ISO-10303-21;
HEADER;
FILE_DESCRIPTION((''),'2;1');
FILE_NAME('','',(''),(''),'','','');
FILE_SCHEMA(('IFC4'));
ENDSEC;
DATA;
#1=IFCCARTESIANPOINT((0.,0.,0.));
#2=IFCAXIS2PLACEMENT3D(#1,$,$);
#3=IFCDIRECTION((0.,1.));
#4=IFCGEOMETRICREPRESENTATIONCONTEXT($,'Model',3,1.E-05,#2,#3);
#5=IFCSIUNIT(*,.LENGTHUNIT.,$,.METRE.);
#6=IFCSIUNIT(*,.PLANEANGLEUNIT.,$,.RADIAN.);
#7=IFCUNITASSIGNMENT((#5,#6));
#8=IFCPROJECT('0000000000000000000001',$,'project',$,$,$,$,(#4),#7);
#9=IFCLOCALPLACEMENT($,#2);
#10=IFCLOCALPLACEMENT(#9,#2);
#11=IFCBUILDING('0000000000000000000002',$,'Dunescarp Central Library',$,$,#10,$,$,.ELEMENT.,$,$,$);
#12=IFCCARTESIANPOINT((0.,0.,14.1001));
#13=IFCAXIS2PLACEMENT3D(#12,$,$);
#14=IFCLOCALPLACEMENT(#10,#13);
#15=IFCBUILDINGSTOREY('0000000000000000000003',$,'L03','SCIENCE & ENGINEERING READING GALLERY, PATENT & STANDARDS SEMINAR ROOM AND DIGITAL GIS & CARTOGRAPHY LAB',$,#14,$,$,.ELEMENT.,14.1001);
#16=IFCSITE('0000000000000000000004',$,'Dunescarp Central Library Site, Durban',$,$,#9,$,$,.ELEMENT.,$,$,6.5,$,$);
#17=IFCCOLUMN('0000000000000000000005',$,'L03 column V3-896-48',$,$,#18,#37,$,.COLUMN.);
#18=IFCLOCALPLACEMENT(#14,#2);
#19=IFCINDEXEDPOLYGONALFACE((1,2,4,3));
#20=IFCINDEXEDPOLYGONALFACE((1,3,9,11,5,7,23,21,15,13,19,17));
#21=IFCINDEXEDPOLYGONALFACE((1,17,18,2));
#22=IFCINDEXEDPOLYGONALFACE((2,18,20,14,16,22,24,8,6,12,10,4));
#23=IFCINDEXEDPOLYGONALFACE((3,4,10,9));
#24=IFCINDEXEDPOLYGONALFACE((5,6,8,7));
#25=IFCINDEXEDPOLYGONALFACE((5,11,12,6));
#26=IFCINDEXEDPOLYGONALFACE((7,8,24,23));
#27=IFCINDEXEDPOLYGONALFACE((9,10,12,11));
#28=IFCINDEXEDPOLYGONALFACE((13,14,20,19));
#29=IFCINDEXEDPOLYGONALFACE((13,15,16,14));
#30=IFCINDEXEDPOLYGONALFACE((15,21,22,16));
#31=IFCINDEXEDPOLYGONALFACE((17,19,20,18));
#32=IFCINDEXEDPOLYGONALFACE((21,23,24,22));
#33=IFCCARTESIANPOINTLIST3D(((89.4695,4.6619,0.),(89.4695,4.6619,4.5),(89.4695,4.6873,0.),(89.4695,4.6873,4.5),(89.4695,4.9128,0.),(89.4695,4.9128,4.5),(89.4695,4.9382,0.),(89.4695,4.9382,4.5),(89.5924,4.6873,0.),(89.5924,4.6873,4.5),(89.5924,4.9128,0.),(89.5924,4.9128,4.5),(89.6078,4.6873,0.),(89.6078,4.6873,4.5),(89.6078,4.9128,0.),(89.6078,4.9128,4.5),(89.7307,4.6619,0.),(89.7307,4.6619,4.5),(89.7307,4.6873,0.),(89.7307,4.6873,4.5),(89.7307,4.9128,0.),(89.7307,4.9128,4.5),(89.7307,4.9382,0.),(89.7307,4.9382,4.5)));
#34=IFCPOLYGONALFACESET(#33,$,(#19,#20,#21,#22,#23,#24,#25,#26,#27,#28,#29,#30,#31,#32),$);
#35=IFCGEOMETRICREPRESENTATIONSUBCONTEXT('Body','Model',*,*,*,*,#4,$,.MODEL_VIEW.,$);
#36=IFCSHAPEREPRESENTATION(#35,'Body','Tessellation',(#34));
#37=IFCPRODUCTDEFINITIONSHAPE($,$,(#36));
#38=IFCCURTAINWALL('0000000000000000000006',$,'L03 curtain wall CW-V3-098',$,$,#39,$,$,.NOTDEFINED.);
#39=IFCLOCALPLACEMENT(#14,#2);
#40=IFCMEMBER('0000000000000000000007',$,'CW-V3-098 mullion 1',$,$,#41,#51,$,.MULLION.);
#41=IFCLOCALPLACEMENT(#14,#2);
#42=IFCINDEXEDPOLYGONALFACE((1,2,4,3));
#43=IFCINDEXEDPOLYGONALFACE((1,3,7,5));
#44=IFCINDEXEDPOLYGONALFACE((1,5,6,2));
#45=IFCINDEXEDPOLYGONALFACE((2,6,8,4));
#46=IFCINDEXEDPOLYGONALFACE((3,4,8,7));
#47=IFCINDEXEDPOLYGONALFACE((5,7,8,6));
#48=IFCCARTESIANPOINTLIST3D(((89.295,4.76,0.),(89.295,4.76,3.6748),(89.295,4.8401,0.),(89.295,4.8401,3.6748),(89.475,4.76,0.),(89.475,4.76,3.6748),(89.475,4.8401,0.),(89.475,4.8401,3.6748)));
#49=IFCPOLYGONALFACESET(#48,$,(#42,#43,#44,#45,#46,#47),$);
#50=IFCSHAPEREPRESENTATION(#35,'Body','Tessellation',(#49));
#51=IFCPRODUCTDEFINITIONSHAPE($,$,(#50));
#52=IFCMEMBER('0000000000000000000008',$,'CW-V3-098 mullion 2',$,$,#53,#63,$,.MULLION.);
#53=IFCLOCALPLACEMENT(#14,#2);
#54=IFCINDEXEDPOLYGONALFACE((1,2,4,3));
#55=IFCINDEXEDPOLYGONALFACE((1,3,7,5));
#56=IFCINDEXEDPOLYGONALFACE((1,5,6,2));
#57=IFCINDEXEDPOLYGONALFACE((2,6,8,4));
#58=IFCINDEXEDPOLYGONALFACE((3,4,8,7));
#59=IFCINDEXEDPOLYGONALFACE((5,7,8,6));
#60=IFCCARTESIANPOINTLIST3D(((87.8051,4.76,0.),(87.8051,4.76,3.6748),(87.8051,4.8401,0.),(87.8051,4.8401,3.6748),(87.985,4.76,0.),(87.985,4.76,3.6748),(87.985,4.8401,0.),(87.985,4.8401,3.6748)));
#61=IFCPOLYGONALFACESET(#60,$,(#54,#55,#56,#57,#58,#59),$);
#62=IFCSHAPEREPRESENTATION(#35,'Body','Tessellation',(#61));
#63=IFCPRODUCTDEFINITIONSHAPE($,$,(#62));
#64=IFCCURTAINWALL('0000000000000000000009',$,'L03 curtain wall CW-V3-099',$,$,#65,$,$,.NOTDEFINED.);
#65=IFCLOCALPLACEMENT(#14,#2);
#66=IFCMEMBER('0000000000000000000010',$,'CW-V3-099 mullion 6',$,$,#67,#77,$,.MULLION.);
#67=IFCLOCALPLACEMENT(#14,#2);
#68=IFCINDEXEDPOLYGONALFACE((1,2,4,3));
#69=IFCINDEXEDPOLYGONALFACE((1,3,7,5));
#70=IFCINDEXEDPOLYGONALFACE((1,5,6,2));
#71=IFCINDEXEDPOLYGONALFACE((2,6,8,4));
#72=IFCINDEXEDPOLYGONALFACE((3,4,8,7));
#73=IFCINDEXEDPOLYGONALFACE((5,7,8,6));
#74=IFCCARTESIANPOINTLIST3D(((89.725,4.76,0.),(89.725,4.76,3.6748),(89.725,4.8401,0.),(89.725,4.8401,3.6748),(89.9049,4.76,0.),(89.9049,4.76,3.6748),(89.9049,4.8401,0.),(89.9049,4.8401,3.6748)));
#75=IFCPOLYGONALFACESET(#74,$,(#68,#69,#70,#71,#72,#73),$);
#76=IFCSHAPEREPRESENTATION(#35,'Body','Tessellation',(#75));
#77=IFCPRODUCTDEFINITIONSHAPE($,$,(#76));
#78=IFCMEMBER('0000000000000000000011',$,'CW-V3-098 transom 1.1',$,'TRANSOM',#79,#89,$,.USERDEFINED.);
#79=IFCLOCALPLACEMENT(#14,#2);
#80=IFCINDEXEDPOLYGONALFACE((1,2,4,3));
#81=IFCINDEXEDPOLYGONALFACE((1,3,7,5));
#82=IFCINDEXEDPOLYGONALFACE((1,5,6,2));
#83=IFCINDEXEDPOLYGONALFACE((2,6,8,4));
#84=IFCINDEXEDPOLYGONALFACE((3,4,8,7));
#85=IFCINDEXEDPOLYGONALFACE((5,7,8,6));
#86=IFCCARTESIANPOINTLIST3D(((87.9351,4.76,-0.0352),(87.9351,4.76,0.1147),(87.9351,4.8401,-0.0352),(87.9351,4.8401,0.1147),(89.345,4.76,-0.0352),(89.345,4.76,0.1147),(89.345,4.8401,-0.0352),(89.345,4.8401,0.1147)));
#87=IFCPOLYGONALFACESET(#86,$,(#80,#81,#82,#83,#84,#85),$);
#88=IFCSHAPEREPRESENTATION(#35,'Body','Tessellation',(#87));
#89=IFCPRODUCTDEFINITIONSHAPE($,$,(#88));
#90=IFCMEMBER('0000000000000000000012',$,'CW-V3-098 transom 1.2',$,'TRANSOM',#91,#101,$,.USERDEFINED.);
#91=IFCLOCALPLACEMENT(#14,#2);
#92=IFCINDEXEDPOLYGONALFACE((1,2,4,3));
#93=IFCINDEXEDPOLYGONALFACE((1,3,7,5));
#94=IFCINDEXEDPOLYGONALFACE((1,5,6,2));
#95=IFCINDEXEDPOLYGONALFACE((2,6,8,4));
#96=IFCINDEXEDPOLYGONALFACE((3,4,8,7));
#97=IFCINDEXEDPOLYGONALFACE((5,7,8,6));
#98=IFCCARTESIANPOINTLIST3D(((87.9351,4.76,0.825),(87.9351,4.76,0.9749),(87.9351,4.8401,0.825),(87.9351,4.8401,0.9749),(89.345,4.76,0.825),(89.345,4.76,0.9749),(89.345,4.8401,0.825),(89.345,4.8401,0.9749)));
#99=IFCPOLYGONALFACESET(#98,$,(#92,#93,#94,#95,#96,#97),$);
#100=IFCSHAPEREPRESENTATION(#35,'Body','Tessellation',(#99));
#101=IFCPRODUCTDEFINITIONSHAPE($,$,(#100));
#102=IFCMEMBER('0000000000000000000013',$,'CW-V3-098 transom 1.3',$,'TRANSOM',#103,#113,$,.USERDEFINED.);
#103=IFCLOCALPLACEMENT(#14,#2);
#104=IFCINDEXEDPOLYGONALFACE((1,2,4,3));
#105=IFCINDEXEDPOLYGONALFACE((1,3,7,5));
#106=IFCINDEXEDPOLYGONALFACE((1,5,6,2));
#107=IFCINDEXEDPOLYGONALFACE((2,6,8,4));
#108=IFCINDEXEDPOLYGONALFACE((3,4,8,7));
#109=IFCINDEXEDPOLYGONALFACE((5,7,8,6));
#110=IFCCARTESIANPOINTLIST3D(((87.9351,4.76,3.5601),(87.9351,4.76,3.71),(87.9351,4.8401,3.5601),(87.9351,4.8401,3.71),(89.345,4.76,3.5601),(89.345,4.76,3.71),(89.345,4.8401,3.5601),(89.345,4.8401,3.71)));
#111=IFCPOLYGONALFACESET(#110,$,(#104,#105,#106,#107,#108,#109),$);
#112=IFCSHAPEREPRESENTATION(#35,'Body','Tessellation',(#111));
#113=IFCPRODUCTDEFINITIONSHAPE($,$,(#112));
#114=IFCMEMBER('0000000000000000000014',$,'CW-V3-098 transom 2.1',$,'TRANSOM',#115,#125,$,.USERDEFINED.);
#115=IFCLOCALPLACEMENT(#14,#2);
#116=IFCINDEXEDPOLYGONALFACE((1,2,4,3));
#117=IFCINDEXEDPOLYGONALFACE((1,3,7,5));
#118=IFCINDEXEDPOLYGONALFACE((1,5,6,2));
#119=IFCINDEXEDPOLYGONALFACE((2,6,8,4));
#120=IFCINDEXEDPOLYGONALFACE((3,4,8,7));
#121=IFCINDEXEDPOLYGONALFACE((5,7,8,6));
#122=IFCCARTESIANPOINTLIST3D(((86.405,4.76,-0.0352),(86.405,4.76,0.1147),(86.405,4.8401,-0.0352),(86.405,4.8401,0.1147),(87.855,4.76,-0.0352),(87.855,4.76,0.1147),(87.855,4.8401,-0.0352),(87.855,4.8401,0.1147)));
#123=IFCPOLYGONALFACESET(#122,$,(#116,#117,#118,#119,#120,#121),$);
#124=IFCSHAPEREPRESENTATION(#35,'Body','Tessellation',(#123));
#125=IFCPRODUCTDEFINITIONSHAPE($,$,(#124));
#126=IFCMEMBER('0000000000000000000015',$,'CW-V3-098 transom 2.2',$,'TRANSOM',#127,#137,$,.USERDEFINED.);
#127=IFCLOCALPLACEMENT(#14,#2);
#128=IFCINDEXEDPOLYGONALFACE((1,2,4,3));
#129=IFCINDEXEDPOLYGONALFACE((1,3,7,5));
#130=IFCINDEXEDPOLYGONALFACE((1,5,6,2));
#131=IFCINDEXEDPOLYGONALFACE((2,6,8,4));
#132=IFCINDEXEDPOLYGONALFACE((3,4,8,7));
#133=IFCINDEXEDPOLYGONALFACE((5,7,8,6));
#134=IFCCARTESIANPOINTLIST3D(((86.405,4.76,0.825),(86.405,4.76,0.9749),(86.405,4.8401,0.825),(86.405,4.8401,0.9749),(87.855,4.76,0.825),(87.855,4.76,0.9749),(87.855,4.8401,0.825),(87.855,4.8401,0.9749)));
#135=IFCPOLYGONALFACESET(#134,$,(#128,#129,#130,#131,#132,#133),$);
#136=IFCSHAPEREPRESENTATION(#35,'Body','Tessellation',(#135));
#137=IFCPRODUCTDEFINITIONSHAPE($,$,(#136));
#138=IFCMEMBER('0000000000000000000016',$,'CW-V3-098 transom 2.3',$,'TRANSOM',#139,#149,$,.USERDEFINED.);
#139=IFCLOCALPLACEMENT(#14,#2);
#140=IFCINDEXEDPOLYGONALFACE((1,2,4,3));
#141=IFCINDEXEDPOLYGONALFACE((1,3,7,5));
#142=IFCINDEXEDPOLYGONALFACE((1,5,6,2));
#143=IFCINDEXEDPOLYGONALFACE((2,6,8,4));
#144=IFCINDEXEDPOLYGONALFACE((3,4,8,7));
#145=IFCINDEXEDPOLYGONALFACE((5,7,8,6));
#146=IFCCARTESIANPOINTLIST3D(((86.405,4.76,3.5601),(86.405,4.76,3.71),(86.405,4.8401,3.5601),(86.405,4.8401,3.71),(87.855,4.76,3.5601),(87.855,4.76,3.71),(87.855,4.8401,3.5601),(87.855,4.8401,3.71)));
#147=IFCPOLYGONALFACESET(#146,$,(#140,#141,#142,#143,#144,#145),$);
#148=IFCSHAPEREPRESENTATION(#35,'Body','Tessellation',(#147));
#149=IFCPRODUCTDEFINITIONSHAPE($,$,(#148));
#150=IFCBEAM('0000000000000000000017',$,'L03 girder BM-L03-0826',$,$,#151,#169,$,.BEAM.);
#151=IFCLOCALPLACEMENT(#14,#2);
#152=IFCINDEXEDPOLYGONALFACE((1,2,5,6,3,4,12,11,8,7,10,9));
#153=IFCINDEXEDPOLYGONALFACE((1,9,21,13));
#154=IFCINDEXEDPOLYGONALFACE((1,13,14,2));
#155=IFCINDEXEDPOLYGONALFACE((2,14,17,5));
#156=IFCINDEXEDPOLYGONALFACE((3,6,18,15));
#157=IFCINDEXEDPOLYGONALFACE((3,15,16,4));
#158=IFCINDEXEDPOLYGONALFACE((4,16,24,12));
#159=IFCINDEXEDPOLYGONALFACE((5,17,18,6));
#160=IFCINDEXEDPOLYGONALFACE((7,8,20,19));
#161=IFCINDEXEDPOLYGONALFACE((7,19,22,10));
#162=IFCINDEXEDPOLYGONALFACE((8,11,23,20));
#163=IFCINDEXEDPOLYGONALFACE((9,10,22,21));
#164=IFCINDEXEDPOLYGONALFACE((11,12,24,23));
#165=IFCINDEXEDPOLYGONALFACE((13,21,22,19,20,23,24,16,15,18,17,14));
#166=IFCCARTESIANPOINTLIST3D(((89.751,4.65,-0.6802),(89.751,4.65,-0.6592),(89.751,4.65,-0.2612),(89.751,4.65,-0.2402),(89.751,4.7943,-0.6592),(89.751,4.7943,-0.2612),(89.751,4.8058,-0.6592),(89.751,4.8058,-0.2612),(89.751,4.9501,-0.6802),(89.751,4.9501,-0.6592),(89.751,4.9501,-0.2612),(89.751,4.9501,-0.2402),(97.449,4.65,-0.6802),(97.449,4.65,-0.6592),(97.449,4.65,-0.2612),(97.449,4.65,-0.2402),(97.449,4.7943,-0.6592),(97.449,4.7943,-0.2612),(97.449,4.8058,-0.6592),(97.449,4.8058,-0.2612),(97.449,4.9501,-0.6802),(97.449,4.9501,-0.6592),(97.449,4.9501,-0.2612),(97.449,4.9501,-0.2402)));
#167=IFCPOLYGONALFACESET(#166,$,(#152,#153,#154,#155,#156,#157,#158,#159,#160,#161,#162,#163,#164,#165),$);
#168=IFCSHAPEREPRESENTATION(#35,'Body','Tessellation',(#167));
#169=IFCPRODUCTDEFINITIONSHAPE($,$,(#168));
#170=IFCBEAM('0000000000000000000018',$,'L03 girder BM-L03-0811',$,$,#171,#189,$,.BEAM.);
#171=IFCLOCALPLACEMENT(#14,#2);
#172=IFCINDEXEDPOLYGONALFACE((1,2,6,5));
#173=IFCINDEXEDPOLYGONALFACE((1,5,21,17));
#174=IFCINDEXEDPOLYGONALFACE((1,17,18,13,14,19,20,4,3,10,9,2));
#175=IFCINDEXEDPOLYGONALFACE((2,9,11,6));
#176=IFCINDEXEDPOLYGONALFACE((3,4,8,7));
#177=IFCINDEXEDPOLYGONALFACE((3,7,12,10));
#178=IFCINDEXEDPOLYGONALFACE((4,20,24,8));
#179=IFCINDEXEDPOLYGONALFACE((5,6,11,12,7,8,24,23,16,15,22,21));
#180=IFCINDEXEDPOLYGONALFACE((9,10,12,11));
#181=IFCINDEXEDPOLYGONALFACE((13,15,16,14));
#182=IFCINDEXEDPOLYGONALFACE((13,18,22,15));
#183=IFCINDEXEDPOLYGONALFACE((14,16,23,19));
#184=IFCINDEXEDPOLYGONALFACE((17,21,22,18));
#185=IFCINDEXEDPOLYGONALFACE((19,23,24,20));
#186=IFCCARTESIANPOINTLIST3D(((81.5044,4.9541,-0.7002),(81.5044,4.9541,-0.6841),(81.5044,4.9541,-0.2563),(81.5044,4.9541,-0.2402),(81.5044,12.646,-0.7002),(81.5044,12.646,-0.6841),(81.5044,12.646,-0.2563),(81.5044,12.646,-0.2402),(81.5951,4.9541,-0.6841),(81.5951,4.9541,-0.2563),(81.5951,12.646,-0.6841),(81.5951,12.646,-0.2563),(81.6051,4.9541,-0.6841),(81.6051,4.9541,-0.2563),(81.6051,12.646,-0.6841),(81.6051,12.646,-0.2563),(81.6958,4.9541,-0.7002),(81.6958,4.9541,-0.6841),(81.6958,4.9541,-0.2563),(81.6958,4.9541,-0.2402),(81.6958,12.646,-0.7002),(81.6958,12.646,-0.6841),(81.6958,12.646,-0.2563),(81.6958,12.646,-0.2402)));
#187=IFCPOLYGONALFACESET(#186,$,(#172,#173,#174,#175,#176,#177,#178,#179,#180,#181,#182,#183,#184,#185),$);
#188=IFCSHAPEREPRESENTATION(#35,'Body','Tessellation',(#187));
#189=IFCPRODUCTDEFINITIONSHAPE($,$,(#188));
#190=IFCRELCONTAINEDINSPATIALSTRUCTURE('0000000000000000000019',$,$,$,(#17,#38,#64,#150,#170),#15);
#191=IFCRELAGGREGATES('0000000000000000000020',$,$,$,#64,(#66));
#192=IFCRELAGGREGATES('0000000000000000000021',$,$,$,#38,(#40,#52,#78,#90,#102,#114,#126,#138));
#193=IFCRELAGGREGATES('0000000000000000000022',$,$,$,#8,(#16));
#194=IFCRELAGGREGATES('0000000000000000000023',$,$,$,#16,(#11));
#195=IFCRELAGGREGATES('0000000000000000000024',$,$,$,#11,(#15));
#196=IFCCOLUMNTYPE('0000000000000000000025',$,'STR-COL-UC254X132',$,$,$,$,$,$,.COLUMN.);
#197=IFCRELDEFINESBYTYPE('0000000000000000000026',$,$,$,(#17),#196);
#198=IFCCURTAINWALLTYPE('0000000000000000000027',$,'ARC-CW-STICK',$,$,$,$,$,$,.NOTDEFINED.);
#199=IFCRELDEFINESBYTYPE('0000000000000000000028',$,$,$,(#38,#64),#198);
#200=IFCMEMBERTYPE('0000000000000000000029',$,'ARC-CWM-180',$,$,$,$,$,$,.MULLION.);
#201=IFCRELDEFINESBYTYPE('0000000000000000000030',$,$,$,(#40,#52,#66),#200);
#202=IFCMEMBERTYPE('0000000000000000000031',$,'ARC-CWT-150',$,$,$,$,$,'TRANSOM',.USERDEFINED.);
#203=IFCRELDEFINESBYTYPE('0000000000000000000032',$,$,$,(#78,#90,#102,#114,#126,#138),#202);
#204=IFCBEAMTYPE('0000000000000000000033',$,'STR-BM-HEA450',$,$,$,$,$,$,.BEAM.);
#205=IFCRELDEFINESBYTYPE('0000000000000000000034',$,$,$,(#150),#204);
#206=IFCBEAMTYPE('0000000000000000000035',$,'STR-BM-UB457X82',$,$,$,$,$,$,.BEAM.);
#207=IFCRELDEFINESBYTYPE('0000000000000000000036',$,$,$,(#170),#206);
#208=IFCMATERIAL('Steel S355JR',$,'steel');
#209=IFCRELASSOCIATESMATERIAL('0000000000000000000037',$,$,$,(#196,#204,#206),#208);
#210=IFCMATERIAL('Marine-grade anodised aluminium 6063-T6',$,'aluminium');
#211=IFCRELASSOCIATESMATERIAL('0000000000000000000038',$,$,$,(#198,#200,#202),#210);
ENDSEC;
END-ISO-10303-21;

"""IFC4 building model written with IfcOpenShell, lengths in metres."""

from ifc_helpers import new_model, si_unit, direction, frame, origin, origin_2d, place, context, subcontext, project, spatial, rectangle, i_section, extrude, material, material_profile, profile_set, type_object, element, aggregate, save


model = new_model("IFC4")

# Units and contexts
model_context = context("Model", 3, precision=1e-05, world=origin(), true_north=direction((0.0, 1.0)))
body_context = subcontext(model_context, "Body", "Model", "MODEL_VIEW")
ifc_project = project(units=[si_unit("LENGTHUNIT", "METRE"), si_unit("PLANEANGLEUNIT", "RADIAN")], contexts=[model_context])

# Site, building, storey
site_placement = place(None, origin())
site = spatial("IfcSite", under=ifc_project, at=site_placement, Name="Dunescarp Central Library Site, Durban", CompositionType="ELEMENT", RefElevation=6.5)
building_placement = place(site_placement, origin())
building = spatial("IfcBuilding", under=site, at=building_placement, Name="Dunescarp Central Library", CompositionType="ELEMENT")
storey_placement = place(building_placement, frame((0.0, 0.0, 14.1001)))
storey = spatial("IfcBuildingStorey", under=building, at=storey_placement, Name="L03", Description="SCIENCE & ENGINEERING READING GALLERY, PATENT & STANDARDS SEMINAR ROOM AND DIGITAL GIS & CARTOGRAPHY LAB", CompositionType="ELEMENT", Elevation=14.1001)

# Column
ifc_material_1 = material(Name="Steel S355JR", Category="steel")
ifc_material_profile_1 = material_profile(ifc_material_1, i_section(OverallWidth=0.2612, OverallDepth=0.2764, WebThickness=0.0154, FlangeThickness=0.0254, at=origin_2d()), Name="UC 254x254x132")
ifc_profile_set_1 = profile_set([ifc_material_profile_1], Name="Steel S355JR")
column_type = type_object("IfcColumnType", Name="STR-COL-UC254X132", PredefinedType="COLUMN", material=ifc_profile_set_1)
column_placement = place(storey_placement, frame((89.6001, 4.8, 0.0), z_axis=(0.0, 0.0, 1.0), x_axis=(1.0, 0.0, 0.0)))
element("IfcColumn", 1, at=column_placement, inside=storey, type_object=column_type, Name="L03 column V3-896-48", PredefinedType="COLUMN", context=body_context, shape_type="SweptSolid", body=[
    extrude(i_section(OverallWidth=0.2612, OverallDepth=0.2764, WebThickness=0.0154, FlangeThickness=0.0254, at=origin_2d()), origin(), (0.0, 0.0, 1.0), 4.5),
])

# Curtain wall, members
ifc_material_2 = material(Name="Marine-grade anodised aluminium 6063-T6", Category="aluminium")
curtain_wall_type = type_object("IfcCurtainWallType", Name="ARC-CW-STICK", PredefinedType="NOTDEFINED", material=ifc_material_2)
curtain_wall_1_placement = place(storey_placement, origin())
curtain_wall_1 = element("IfcCurtainWall", 2, at=curtain_wall_1_placement, inside=storey, type_object=curtain_wall_type, Name="L03 curtain wall CW-V3-098", PredefinedType="NOTDEFINED")
ifc_material_profile_2 = material_profile(ifc_material_2, rectangle(XDim=0.0801, YDim=0.1799, at=origin_2d()), Name="AL 80x180")
ifc_profile_set_2 = profile_set([ifc_material_profile_2], Name="Marine-grade anodised aluminium 6063-T6")
member_type_1 = type_object("IfcMemberType", Name="ARC-CWM-180", PredefinedType="MULLION", material=ifc_profile_set_2)
member_1_placement = place(storey_placement, frame((89.385, 4.8, 0.0), z_axis=(0.0, 0.0, 1.0), x_axis=(0.0, -1.0, 0.0)))
member_1 = element("IfcMember", 3, at=member_1_placement, type_object=member_type_1, Name="CW-V3-098 mullion 1", PredefinedType="MULLION", context=body_context, shape_type="SweptSolid", body=[
    extrude(rectangle(XDim=0.0801, YDim=0.1799, at=origin_2d()), origin(), (0.0, 0.0, 1.0), 3.6748),
])
member_2_placement = place(storey_placement, frame((87.895, 4.8, 0.0), z_axis=(0.0, 0.0, 1.0), x_axis=(0.0, -1.0, 0.0)))
member_2 = element("IfcMember", 4, at=member_2_placement, type_object=member_type_1, Name="CW-V3-098 mullion 2", PredefinedType="MULLION", context=body_context, shape_type="SweptSolid", body=[
    extrude(rectangle(XDim=0.0801, YDim=0.1799, at=origin_2d()), origin(), (0.0, 0.0, 1.0), 3.6748),
])

# Curtain wall, member
curtain_wall_2_placement = place(storey_placement, origin())
curtain_wall_2 = element("IfcCurtainWall", 5, at=curtain_wall_2_placement, inside=storey, type_object=curtain_wall_type, Name="L03 curtain wall CW-V3-099", PredefinedType="NOTDEFINED")
member_3_placement = place(storey_placement, frame((89.8149, 4.8, 0.0), z_axis=(0.0, 0.0, 1.0), x_axis=(0.0, -1.0, 0.0)))
member_3 = element("IfcMember", 6, at=member_3_placement, type_object=member_type_1, Name="CW-V3-099 mullion 6", PredefinedType="MULLION", context=body_context, shape_type="SweptSolid", body=[
    extrude(rectangle(XDim=0.0801, YDim=0.1799, at=origin_2d()), origin(), (0.0, 0.0, 1.0), 3.6748),
])
aggregate(curtain_wall_2, [member_3])

# Members
ifc_material_profile_3 = material_profile(ifc_material_2, rectangle(XDim=0.0801, YDim=0.1499, at=origin_2d()), Name="AL 80x150")
ifc_profile_set_3 = profile_set([ifc_material_profile_3], Name="Marine-grade anodised aluminium 6063-T6")
member_type_2 = type_object("IfcMemberType", Name="ARC-CWT-150", ElementType="TRANSOM", PredefinedType="USERDEFINED", material=ifc_profile_set_3)
member_4_placement = place(storey_placement, frame((89.345, 4.8, 0.0398), z_axis=(-1.0, 0.0, 0.0), x_axis=(0.0, -1.0, 0.0)))
member_4 = element("IfcMember", 7, at=member_4_placement, type_object=member_type_2, Name="CW-V3-098 transom 1.1", ObjectType="TRANSOM", PredefinedType="USERDEFINED", context=body_context, shape_type="SweptSolid", body=[
    extrude(rectangle(XDim=0.0801, YDim=0.1499, at=origin_2d()), origin(), (0.0, 0.0, 1.0), 1.4099),
])
member_5_placement = place(storey_placement, frame((89.345, 4.8, 0.8999), z_axis=(-1.0, 0.0, 0.0), x_axis=(0.0, -1.0, 0.0)))
member_5 = element("IfcMember", 8, at=member_5_placement, type_object=member_type_2, Name="CW-V3-098 transom 1.2", ObjectType="TRANSOM", PredefinedType="USERDEFINED", context=body_context, shape_type="SweptSolid", body=[
    extrude(rectangle(XDim=0.0801, YDim=0.1499, at=origin_2d()), origin(), (0.0, 0.0, 1.0), 1.4099),
])
member_6_placement = place(storey_placement, frame((89.345, 4.8, 3.635), z_axis=(-1.0, 0.0, 0.0), x_axis=(0.0, -1.0, 0.0)))
member_6 = element("IfcMember", 9, at=member_6_placement, type_object=member_type_2, Name="CW-V3-098 transom 1.3", ObjectType="TRANSOM", PredefinedType="USERDEFINED", context=body_context, shape_type="SweptSolid", body=[
    extrude(rectangle(XDim=0.0801, YDim=0.1499, at=origin_2d()), origin(), (0.0, 0.0, 1.0), 1.4099),
])
member_7_placement = place(storey_placement, frame((87.855, 4.8, 0.0398), z_axis=(-1.0, 0.0, 0.0), x_axis=(0.0, -1.0, 0.0)))
member_7 = element("IfcMember", 10, at=member_7_placement, type_object=member_type_2, Name="CW-V3-098 transom 2.1", ObjectType="TRANSOM", PredefinedType="USERDEFINED", context=body_context, shape_type="SweptSolid", body=[
    extrude(rectangle(XDim=0.0801, YDim=0.1499, at=origin_2d()), origin(), (0.0, 0.0, 1.0), 1.45),
])
member_8_placement = place(storey_placement, frame((87.855, 4.8, 0.8999), z_axis=(-1.0, 0.0, 0.0), x_axis=(0.0, -1.0, 0.0)))
member_8 = element("IfcMember", 11, at=member_8_placement, type_object=member_type_2, Name="CW-V3-098 transom 2.2", ObjectType="TRANSOM", PredefinedType="USERDEFINED", context=body_context, shape_type="SweptSolid", body=[
    extrude(rectangle(XDim=0.0801, YDim=0.1499, at=origin_2d()), origin(), (0.0, 0.0, 1.0), 1.45),
])
member_9_placement = place(storey_placement, frame((87.855, 4.8, 3.635), z_axis=(-1.0, 0.0, 0.0), x_axis=(0.0, -1.0, 0.0)))
member_9 = element("IfcMember", 12, at=member_9_placement, type_object=member_type_2, Name="CW-V3-098 transom 2.3", ObjectType="TRANSOM", PredefinedType="USERDEFINED", context=body_context, shape_type="SweptSolid", body=[
    extrude(rectangle(XDim=0.0801, YDim=0.1499, at=origin_2d()), origin(), (0.0, 0.0, 1.0), 1.45),
])

# Beams
ifc_material_profile_4 = material_profile(ifc_material_1, i_section(OverallWidth=0.3, OverallDepth=0.4399, WebThickness=0.0115, FlangeThickness=0.021, at=origin_2d()), Name="HEA 450")
ifc_profile_set_4 = profile_set([ifc_material_profile_4], Name="Steel S355JR")
beam_type_1 = type_object("IfcBeamType", Name="STR-BM-HEA450", PredefinedType="BEAM", material=ifc_profile_set_4)
beam_1_placement = place(storey_placement, frame((89.751, 4.8, -0.4602), z_axis=(1.0, 0.0, 0.0), x_axis=(0.0, 1.0, 0.0)))
element("IfcBeam", 13, at=beam_1_placement, inside=storey, type_object=beam_type_1, Name="L03 girder BM-L03-0826", PredefinedType="BEAM", context=body_context, shape_type="SweptSolid", body=[
    extrude(i_section(OverallWidth=0.3, OverallDepth=0.4399, WebThickness=0.0115, FlangeThickness=0.021, at=origin_2d()), origin(), (0.0, 0.0, 1.0), 7.698),
])
ifc_material_profile_5 = material_profile(ifc_material_1, i_section(OverallWidth=0.1914, OverallDepth=0.46, WebThickness=0.01, FlangeThickness=0.0161, at=origin_2d()), Name="UB 457x191x82")
ifc_profile_set_5 = profile_set([ifc_material_profile_5], Name="Steel S355JR")
beam_type_2 = type_object("IfcBeamType", Name="STR-BM-UB457X82", PredefinedType="BEAM", material=ifc_profile_set_5)
for number, where, z_axis, x_axis, name in (
    (14, (81.6001, 4.9541, -0.4702), (0.0, 1.0, 0.0), (-1.0, 0.0, 0.0), "L03 girder BM-L03-0811"),
):
    element("IfcBeam", number, at=place(storey_placement, frame(where, z_axis=z_axis, x_axis=x_axis)), inside=storey, type_object=beam_type_2, Name=name, PredefinedType="BEAM", context=body_context, shape_type="SweptSolid", body=[
        extrude(i_section(OverallWidth=0.1914, OverallDepth=0.46, WebThickness=0.01, FlangeThickness=0.0161, at=origin_2d()), origin(), (0.0, 0.0, 1.0), 7.6919),
    ])

aggregate(curtain_wall_1, [member_1, member_2, member_4, member_5, member_6, member_7, member_8, member_9])

save(model, "model.ifc")
